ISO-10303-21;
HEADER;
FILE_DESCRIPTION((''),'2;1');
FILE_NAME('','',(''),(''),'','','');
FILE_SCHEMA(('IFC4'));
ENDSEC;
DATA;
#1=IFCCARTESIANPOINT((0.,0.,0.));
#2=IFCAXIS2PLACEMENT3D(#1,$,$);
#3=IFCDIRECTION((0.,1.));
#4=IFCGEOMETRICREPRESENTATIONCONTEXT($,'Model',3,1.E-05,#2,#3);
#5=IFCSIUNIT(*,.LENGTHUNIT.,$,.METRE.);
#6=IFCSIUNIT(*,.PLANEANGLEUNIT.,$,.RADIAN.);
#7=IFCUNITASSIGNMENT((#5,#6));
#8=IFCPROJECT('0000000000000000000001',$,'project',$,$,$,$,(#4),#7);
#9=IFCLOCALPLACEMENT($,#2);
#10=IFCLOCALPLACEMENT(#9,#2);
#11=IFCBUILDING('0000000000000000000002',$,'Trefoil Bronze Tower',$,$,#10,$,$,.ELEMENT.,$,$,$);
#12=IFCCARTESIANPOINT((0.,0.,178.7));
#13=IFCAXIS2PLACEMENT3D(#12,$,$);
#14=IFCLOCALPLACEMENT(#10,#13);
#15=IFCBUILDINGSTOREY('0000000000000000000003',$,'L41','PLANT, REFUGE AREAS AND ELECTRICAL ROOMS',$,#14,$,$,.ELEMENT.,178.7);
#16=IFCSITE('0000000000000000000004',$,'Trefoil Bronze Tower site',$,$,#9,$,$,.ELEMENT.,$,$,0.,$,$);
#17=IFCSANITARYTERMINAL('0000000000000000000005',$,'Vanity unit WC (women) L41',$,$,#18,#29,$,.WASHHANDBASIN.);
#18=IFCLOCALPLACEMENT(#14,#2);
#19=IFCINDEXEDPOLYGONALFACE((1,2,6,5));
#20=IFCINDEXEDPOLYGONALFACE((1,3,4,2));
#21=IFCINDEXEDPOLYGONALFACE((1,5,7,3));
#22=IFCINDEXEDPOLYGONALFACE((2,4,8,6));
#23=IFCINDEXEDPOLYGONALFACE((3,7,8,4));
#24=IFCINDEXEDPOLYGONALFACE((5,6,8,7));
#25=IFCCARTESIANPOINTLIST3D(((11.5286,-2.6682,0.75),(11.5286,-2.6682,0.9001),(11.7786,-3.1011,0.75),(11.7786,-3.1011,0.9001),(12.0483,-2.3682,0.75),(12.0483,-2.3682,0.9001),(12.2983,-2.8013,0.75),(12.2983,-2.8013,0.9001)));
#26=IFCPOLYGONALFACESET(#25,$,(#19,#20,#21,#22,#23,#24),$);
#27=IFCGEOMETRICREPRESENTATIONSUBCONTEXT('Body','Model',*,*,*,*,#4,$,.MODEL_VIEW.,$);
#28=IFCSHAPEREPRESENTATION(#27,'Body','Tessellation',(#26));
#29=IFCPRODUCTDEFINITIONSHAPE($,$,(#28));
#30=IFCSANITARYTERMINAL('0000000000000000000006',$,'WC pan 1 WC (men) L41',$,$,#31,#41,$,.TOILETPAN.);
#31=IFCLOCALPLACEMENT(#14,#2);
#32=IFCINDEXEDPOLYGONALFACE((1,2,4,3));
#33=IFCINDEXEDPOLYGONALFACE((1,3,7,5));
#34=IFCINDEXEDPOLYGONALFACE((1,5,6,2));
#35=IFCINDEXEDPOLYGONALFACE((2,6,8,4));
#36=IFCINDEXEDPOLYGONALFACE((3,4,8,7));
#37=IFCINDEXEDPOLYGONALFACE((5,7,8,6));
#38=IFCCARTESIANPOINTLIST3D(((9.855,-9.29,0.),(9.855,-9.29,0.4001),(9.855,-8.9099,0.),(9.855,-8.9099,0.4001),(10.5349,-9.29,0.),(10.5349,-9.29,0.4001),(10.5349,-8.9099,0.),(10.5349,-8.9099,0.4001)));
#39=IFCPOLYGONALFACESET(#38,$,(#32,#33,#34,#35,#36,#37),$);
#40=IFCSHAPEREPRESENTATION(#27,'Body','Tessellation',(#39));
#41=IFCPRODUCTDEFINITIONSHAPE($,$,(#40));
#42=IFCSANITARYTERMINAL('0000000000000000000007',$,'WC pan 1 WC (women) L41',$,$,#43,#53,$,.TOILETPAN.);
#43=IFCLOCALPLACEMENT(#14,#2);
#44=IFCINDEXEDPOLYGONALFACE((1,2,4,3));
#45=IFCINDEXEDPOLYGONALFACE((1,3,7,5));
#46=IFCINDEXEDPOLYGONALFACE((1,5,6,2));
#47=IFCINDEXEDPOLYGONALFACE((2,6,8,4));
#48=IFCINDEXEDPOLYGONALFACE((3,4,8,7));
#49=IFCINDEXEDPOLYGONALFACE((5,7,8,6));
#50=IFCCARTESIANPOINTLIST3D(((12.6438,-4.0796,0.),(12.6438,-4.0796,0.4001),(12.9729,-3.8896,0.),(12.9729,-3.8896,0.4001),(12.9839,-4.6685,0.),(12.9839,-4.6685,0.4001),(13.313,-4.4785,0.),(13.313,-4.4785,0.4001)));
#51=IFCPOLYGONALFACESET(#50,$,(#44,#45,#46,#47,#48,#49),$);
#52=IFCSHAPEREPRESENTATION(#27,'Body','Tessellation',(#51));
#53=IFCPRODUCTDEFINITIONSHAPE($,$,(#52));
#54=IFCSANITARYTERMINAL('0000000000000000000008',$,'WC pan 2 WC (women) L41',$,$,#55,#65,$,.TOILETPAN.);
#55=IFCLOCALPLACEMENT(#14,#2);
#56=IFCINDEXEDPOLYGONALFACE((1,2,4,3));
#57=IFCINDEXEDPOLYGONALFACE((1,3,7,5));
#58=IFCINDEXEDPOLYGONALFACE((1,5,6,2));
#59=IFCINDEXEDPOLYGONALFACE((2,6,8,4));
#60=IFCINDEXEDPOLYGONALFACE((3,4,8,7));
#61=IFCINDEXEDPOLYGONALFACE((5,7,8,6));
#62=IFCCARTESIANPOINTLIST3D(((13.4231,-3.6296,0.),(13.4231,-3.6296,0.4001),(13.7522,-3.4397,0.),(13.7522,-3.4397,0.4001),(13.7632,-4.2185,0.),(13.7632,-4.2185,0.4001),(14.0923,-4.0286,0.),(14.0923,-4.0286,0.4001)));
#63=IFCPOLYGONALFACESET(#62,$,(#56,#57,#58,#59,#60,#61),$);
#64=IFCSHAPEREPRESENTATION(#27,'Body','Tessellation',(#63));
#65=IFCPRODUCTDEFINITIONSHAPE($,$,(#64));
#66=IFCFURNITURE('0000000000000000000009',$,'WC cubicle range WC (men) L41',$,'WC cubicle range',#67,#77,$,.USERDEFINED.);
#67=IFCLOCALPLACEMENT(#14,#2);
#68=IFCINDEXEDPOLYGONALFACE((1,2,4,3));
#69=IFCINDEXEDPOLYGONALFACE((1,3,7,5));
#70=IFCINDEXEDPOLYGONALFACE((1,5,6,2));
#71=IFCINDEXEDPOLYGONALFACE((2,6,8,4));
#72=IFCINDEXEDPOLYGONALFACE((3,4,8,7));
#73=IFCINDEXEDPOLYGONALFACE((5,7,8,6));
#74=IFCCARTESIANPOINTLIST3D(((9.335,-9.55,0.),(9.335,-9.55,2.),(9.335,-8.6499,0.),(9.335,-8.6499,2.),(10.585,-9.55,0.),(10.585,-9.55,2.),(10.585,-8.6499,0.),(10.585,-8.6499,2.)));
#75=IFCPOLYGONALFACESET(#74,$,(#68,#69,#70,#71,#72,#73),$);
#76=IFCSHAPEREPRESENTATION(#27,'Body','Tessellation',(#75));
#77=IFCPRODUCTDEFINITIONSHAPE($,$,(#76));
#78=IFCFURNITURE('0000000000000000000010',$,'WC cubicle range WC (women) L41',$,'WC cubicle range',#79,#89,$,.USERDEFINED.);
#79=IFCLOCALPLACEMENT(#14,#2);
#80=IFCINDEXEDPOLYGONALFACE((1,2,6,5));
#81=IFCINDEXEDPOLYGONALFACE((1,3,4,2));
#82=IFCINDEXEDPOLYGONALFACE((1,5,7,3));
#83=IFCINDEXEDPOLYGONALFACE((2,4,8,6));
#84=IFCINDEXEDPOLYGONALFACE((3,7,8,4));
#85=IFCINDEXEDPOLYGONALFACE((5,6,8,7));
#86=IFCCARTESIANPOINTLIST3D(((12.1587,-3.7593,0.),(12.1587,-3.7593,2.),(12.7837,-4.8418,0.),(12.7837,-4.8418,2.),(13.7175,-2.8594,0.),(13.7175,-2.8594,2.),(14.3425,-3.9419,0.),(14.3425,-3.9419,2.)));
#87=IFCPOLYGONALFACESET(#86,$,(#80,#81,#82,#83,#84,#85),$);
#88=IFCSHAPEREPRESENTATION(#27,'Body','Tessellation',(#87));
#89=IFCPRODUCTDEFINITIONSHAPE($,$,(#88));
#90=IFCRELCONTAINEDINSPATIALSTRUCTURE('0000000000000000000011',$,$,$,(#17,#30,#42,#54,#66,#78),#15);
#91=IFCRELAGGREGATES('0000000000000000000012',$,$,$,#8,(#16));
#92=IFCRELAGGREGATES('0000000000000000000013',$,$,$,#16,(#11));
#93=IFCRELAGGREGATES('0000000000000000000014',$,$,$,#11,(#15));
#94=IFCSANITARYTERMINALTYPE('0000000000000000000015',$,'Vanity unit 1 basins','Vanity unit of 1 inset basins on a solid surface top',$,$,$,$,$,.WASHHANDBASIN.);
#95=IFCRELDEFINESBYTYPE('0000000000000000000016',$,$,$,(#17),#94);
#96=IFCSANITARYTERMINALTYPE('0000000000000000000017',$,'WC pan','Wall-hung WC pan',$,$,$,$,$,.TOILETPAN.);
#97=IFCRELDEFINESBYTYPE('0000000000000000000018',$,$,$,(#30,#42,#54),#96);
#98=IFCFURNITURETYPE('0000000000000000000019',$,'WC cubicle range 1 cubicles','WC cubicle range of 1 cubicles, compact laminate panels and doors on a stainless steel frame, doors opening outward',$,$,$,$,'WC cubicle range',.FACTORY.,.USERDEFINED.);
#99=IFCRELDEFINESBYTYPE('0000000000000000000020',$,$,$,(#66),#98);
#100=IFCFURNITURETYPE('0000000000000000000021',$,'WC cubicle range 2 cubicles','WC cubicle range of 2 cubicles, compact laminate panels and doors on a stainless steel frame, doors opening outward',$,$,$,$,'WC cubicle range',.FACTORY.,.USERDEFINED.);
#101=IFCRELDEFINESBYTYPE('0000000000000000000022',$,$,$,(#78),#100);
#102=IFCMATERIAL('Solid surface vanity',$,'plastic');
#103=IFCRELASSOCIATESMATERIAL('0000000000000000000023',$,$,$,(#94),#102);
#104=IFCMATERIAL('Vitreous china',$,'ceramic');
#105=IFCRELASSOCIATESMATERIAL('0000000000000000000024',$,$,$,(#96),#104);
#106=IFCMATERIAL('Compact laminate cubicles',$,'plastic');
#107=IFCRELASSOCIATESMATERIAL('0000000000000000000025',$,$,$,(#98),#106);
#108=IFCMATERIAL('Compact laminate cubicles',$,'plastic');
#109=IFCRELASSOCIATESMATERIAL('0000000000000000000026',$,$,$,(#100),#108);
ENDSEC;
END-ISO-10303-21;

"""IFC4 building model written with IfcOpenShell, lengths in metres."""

from ifc_helpers import new_model, si_unit, direction, frame, origin, place, context, subcontext, project, spatial, polyline, outline, extrude, material, type_object, element, save


model = new_model("IFC4")

# Units and contexts
model_context = context("Model", 3, precision=1e-05, world=origin(), true_north=direction((0.0, 1.0)))
body_context = subcontext(model_context, "Body", "Model", "MODEL_VIEW")
ifc_project = project(units=[si_unit("LENGTHUNIT", "METRE"), si_unit("PLANEANGLEUNIT", "RADIAN")], contexts=[model_context])

# Site, building, storey
site_placement = place(None, origin())
site = spatial("IfcSite", under=ifc_project, at=site_placement, Name="Trefoil Bronze Tower site", CompositionType="ELEMENT", RefElevation=0.0)
building_placement = place(site_placement, origin())
building = spatial("IfcBuilding", under=site, at=building_placement, Name="Trefoil Bronze Tower", CompositionType="ELEMENT")
storey_placement = place(building_placement, frame((0.0, 0.0, 178.7)))
storey = spatial("IfcBuildingStorey", under=building, at=storey_placement, Name="L41", Description="PLANT, REFUGE AREAS AND ELECTRICAL ROOMS", CompositionType="ELEMENT", Elevation=178.7)

# Sanitary terminals
ifc_material_1 = material(Name="Solid surface vanity", Category="plastic")
sanitary_terminal_type_1 = type_object("IfcSanitaryTerminalType", Name="Vanity unit 1 basins", Description="Vanity unit of 1 inset basins on a solid surface top", PredefinedType="WASHHANDBASIN", material=ifc_material_1)
sanitary_terminal_1_placement = place(storey_placement, frame((0.0, 0.0, 0.75)))
element("IfcSanitaryTerminal", 1, at=sanitary_terminal_1_placement, inside=storey, type_object=sanitary_terminal_type_1, Name="Vanity unit WC (women) L41", PredefinedType="WASHHANDBASIN", context=body_context, shape_type="SweptSolid", body=[
    extrude(outline(polyline([(11.5286, -2.6682), (11.7786, -3.1011), (12.2983, -2.8013), (12.0483, -2.3682), (11.5286, -2.6682)])), origin(), (0.0, 0.0, 1.0), 0.1501),
])
ifc_material_2 = material(Name="Vitreous china", Category="ceramic")
sanitary_terminal_type_2 = type_object("IfcSanitaryTerminalType", Name="WC pan", Description="Wall-hung WC pan", PredefinedType="TOILETPAN", material=ifc_material_2)
sanitary_terminal_2_placement = place(storey_placement, origin())
element("IfcSanitaryTerminal", 2, at=sanitary_terminal_2_placement, inside=storey, type_object=sanitary_terminal_type_2, Name="WC pan 1 WC (men) L41", PredefinedType="TOILETPAN", context=body_context, shape_type="SweptSolid", body=[
    extrude(outline(polyline([(9.855, -8.9099), (10.5349, -8.9099), (10.5349, -9.29), (9.855, -9.29), (9.855, -8.9099)])), origin(), (0.0, 0.0, 1.0), 0.4001),
])
sanitary_terminal_3_placement = place(storey_placement, origin())
element("IfcSanitaryTerminal", 3, at=sanitary_terminal_3_placement, inside=storey, type_object=sanitary_terminal_type_2, Name="WC pan 1 WC (women) L41", PredefinedType="TOILETPAN", context=body_context, shape_type="SweptSolid", body=[
    extrude(outline(polyline([(12.6438, -4.0796), (12.9839, -4.6685), (13.313, -4.4785), (12.9729, -3.8896), (12.6438, -4.0796)])), origin(), (0.0, 0.0, 1.0), 0.4001),
])
sanitary_terminal_4_placement = place(storey_placement, origin())
element("IfcSanitaryTerminal", 4, at=sanitary_terminal_4_placement, inside=storey, type_object=sanitary_terminal_type_2, Name="WC pan 2 WC (women) L41", PredefinedType="TOILETPAN", context=body_context, shape_type="SweptSolid", body=[
    extrude(outline(polyline([(13.4231, -3.6296), (13.7632, -4.2185), (14.0923, -4.0286), (13.7522, -3.4397), (13.4231, -3.6296)])), origin(), (0.0, 0.0, 1.0), 0.4001),
])

# Furniture
ifc_material_3 = material(Name="Compact laminate cubicles", Category="plastic")
furniture_type_1 = type_object("IfcFurnitureType", Name="WC cubicle range 1 cubicles", Description="WC cubicle range of 1 cubicles, compact laminate panels and doors on a stainless steel frame, doors opening outward", ElementType="WC cubicle range", AssemblyPlace="FACTORY", PredefinedType="USERDEFINED", material=ifc_material_3)
furniture_1_placement = place(storey_placement, origin())
element("IfcFurniture", 5, at=furniture_1_placement, inside=storey, type_object=furniture_type_1, Name="WC cubicle range WC (men) L41", ObjectType="WC cubicle range", PredefinedType="USERDEFINED", context=body_context, shape_type="SweptSolid", body=[
    extrude(outline(polyline([(9.335, -8.6499), (10.585, -8.6499), (10.585, -9.55), (9.335, -9.55), (9.335, -8.6499)])), origin(), (0.0, 0.0, 1.0), 2.0),
])
ifc_material_4 = material(Name="Compact laminate cubicles", Category="plastic")
furniture_type_2 = type_object("IfcFurnitureType", Name="WC cubicle range 2 cubicles", Description="WC cubicle range of 2 cubicles, compact laminate panels and doors on a stainless steel frame, doors opening outward", ElementType="WC cubicle range", AssemblyPlace="FACTORY", PredefinedType="USERDEFINED", material=ifc_material_4)
furniture_2_placement = place(storey_placement, origin())
element("IfcFurniture", 6, at=furniture_2_placement, inside=storey, type_object=furniture_type_2, Name="WC cubicle range WC (women) L41", ObjectType="WC cubicle range", PredefinedType="USERDEFINED", context=body_context, shape_type="SweptSolid", body=[
    extrude(outline(polyline([(12.1587, -3.7593), (12.7837, -4.8418), (14.3425, -3.9419), (13.7175, -2.8594), (12.1587, -3.7593)])), origin(), (0.0, 0.0, 1.0), 2.0),
])

save(model, "model.ifc")
